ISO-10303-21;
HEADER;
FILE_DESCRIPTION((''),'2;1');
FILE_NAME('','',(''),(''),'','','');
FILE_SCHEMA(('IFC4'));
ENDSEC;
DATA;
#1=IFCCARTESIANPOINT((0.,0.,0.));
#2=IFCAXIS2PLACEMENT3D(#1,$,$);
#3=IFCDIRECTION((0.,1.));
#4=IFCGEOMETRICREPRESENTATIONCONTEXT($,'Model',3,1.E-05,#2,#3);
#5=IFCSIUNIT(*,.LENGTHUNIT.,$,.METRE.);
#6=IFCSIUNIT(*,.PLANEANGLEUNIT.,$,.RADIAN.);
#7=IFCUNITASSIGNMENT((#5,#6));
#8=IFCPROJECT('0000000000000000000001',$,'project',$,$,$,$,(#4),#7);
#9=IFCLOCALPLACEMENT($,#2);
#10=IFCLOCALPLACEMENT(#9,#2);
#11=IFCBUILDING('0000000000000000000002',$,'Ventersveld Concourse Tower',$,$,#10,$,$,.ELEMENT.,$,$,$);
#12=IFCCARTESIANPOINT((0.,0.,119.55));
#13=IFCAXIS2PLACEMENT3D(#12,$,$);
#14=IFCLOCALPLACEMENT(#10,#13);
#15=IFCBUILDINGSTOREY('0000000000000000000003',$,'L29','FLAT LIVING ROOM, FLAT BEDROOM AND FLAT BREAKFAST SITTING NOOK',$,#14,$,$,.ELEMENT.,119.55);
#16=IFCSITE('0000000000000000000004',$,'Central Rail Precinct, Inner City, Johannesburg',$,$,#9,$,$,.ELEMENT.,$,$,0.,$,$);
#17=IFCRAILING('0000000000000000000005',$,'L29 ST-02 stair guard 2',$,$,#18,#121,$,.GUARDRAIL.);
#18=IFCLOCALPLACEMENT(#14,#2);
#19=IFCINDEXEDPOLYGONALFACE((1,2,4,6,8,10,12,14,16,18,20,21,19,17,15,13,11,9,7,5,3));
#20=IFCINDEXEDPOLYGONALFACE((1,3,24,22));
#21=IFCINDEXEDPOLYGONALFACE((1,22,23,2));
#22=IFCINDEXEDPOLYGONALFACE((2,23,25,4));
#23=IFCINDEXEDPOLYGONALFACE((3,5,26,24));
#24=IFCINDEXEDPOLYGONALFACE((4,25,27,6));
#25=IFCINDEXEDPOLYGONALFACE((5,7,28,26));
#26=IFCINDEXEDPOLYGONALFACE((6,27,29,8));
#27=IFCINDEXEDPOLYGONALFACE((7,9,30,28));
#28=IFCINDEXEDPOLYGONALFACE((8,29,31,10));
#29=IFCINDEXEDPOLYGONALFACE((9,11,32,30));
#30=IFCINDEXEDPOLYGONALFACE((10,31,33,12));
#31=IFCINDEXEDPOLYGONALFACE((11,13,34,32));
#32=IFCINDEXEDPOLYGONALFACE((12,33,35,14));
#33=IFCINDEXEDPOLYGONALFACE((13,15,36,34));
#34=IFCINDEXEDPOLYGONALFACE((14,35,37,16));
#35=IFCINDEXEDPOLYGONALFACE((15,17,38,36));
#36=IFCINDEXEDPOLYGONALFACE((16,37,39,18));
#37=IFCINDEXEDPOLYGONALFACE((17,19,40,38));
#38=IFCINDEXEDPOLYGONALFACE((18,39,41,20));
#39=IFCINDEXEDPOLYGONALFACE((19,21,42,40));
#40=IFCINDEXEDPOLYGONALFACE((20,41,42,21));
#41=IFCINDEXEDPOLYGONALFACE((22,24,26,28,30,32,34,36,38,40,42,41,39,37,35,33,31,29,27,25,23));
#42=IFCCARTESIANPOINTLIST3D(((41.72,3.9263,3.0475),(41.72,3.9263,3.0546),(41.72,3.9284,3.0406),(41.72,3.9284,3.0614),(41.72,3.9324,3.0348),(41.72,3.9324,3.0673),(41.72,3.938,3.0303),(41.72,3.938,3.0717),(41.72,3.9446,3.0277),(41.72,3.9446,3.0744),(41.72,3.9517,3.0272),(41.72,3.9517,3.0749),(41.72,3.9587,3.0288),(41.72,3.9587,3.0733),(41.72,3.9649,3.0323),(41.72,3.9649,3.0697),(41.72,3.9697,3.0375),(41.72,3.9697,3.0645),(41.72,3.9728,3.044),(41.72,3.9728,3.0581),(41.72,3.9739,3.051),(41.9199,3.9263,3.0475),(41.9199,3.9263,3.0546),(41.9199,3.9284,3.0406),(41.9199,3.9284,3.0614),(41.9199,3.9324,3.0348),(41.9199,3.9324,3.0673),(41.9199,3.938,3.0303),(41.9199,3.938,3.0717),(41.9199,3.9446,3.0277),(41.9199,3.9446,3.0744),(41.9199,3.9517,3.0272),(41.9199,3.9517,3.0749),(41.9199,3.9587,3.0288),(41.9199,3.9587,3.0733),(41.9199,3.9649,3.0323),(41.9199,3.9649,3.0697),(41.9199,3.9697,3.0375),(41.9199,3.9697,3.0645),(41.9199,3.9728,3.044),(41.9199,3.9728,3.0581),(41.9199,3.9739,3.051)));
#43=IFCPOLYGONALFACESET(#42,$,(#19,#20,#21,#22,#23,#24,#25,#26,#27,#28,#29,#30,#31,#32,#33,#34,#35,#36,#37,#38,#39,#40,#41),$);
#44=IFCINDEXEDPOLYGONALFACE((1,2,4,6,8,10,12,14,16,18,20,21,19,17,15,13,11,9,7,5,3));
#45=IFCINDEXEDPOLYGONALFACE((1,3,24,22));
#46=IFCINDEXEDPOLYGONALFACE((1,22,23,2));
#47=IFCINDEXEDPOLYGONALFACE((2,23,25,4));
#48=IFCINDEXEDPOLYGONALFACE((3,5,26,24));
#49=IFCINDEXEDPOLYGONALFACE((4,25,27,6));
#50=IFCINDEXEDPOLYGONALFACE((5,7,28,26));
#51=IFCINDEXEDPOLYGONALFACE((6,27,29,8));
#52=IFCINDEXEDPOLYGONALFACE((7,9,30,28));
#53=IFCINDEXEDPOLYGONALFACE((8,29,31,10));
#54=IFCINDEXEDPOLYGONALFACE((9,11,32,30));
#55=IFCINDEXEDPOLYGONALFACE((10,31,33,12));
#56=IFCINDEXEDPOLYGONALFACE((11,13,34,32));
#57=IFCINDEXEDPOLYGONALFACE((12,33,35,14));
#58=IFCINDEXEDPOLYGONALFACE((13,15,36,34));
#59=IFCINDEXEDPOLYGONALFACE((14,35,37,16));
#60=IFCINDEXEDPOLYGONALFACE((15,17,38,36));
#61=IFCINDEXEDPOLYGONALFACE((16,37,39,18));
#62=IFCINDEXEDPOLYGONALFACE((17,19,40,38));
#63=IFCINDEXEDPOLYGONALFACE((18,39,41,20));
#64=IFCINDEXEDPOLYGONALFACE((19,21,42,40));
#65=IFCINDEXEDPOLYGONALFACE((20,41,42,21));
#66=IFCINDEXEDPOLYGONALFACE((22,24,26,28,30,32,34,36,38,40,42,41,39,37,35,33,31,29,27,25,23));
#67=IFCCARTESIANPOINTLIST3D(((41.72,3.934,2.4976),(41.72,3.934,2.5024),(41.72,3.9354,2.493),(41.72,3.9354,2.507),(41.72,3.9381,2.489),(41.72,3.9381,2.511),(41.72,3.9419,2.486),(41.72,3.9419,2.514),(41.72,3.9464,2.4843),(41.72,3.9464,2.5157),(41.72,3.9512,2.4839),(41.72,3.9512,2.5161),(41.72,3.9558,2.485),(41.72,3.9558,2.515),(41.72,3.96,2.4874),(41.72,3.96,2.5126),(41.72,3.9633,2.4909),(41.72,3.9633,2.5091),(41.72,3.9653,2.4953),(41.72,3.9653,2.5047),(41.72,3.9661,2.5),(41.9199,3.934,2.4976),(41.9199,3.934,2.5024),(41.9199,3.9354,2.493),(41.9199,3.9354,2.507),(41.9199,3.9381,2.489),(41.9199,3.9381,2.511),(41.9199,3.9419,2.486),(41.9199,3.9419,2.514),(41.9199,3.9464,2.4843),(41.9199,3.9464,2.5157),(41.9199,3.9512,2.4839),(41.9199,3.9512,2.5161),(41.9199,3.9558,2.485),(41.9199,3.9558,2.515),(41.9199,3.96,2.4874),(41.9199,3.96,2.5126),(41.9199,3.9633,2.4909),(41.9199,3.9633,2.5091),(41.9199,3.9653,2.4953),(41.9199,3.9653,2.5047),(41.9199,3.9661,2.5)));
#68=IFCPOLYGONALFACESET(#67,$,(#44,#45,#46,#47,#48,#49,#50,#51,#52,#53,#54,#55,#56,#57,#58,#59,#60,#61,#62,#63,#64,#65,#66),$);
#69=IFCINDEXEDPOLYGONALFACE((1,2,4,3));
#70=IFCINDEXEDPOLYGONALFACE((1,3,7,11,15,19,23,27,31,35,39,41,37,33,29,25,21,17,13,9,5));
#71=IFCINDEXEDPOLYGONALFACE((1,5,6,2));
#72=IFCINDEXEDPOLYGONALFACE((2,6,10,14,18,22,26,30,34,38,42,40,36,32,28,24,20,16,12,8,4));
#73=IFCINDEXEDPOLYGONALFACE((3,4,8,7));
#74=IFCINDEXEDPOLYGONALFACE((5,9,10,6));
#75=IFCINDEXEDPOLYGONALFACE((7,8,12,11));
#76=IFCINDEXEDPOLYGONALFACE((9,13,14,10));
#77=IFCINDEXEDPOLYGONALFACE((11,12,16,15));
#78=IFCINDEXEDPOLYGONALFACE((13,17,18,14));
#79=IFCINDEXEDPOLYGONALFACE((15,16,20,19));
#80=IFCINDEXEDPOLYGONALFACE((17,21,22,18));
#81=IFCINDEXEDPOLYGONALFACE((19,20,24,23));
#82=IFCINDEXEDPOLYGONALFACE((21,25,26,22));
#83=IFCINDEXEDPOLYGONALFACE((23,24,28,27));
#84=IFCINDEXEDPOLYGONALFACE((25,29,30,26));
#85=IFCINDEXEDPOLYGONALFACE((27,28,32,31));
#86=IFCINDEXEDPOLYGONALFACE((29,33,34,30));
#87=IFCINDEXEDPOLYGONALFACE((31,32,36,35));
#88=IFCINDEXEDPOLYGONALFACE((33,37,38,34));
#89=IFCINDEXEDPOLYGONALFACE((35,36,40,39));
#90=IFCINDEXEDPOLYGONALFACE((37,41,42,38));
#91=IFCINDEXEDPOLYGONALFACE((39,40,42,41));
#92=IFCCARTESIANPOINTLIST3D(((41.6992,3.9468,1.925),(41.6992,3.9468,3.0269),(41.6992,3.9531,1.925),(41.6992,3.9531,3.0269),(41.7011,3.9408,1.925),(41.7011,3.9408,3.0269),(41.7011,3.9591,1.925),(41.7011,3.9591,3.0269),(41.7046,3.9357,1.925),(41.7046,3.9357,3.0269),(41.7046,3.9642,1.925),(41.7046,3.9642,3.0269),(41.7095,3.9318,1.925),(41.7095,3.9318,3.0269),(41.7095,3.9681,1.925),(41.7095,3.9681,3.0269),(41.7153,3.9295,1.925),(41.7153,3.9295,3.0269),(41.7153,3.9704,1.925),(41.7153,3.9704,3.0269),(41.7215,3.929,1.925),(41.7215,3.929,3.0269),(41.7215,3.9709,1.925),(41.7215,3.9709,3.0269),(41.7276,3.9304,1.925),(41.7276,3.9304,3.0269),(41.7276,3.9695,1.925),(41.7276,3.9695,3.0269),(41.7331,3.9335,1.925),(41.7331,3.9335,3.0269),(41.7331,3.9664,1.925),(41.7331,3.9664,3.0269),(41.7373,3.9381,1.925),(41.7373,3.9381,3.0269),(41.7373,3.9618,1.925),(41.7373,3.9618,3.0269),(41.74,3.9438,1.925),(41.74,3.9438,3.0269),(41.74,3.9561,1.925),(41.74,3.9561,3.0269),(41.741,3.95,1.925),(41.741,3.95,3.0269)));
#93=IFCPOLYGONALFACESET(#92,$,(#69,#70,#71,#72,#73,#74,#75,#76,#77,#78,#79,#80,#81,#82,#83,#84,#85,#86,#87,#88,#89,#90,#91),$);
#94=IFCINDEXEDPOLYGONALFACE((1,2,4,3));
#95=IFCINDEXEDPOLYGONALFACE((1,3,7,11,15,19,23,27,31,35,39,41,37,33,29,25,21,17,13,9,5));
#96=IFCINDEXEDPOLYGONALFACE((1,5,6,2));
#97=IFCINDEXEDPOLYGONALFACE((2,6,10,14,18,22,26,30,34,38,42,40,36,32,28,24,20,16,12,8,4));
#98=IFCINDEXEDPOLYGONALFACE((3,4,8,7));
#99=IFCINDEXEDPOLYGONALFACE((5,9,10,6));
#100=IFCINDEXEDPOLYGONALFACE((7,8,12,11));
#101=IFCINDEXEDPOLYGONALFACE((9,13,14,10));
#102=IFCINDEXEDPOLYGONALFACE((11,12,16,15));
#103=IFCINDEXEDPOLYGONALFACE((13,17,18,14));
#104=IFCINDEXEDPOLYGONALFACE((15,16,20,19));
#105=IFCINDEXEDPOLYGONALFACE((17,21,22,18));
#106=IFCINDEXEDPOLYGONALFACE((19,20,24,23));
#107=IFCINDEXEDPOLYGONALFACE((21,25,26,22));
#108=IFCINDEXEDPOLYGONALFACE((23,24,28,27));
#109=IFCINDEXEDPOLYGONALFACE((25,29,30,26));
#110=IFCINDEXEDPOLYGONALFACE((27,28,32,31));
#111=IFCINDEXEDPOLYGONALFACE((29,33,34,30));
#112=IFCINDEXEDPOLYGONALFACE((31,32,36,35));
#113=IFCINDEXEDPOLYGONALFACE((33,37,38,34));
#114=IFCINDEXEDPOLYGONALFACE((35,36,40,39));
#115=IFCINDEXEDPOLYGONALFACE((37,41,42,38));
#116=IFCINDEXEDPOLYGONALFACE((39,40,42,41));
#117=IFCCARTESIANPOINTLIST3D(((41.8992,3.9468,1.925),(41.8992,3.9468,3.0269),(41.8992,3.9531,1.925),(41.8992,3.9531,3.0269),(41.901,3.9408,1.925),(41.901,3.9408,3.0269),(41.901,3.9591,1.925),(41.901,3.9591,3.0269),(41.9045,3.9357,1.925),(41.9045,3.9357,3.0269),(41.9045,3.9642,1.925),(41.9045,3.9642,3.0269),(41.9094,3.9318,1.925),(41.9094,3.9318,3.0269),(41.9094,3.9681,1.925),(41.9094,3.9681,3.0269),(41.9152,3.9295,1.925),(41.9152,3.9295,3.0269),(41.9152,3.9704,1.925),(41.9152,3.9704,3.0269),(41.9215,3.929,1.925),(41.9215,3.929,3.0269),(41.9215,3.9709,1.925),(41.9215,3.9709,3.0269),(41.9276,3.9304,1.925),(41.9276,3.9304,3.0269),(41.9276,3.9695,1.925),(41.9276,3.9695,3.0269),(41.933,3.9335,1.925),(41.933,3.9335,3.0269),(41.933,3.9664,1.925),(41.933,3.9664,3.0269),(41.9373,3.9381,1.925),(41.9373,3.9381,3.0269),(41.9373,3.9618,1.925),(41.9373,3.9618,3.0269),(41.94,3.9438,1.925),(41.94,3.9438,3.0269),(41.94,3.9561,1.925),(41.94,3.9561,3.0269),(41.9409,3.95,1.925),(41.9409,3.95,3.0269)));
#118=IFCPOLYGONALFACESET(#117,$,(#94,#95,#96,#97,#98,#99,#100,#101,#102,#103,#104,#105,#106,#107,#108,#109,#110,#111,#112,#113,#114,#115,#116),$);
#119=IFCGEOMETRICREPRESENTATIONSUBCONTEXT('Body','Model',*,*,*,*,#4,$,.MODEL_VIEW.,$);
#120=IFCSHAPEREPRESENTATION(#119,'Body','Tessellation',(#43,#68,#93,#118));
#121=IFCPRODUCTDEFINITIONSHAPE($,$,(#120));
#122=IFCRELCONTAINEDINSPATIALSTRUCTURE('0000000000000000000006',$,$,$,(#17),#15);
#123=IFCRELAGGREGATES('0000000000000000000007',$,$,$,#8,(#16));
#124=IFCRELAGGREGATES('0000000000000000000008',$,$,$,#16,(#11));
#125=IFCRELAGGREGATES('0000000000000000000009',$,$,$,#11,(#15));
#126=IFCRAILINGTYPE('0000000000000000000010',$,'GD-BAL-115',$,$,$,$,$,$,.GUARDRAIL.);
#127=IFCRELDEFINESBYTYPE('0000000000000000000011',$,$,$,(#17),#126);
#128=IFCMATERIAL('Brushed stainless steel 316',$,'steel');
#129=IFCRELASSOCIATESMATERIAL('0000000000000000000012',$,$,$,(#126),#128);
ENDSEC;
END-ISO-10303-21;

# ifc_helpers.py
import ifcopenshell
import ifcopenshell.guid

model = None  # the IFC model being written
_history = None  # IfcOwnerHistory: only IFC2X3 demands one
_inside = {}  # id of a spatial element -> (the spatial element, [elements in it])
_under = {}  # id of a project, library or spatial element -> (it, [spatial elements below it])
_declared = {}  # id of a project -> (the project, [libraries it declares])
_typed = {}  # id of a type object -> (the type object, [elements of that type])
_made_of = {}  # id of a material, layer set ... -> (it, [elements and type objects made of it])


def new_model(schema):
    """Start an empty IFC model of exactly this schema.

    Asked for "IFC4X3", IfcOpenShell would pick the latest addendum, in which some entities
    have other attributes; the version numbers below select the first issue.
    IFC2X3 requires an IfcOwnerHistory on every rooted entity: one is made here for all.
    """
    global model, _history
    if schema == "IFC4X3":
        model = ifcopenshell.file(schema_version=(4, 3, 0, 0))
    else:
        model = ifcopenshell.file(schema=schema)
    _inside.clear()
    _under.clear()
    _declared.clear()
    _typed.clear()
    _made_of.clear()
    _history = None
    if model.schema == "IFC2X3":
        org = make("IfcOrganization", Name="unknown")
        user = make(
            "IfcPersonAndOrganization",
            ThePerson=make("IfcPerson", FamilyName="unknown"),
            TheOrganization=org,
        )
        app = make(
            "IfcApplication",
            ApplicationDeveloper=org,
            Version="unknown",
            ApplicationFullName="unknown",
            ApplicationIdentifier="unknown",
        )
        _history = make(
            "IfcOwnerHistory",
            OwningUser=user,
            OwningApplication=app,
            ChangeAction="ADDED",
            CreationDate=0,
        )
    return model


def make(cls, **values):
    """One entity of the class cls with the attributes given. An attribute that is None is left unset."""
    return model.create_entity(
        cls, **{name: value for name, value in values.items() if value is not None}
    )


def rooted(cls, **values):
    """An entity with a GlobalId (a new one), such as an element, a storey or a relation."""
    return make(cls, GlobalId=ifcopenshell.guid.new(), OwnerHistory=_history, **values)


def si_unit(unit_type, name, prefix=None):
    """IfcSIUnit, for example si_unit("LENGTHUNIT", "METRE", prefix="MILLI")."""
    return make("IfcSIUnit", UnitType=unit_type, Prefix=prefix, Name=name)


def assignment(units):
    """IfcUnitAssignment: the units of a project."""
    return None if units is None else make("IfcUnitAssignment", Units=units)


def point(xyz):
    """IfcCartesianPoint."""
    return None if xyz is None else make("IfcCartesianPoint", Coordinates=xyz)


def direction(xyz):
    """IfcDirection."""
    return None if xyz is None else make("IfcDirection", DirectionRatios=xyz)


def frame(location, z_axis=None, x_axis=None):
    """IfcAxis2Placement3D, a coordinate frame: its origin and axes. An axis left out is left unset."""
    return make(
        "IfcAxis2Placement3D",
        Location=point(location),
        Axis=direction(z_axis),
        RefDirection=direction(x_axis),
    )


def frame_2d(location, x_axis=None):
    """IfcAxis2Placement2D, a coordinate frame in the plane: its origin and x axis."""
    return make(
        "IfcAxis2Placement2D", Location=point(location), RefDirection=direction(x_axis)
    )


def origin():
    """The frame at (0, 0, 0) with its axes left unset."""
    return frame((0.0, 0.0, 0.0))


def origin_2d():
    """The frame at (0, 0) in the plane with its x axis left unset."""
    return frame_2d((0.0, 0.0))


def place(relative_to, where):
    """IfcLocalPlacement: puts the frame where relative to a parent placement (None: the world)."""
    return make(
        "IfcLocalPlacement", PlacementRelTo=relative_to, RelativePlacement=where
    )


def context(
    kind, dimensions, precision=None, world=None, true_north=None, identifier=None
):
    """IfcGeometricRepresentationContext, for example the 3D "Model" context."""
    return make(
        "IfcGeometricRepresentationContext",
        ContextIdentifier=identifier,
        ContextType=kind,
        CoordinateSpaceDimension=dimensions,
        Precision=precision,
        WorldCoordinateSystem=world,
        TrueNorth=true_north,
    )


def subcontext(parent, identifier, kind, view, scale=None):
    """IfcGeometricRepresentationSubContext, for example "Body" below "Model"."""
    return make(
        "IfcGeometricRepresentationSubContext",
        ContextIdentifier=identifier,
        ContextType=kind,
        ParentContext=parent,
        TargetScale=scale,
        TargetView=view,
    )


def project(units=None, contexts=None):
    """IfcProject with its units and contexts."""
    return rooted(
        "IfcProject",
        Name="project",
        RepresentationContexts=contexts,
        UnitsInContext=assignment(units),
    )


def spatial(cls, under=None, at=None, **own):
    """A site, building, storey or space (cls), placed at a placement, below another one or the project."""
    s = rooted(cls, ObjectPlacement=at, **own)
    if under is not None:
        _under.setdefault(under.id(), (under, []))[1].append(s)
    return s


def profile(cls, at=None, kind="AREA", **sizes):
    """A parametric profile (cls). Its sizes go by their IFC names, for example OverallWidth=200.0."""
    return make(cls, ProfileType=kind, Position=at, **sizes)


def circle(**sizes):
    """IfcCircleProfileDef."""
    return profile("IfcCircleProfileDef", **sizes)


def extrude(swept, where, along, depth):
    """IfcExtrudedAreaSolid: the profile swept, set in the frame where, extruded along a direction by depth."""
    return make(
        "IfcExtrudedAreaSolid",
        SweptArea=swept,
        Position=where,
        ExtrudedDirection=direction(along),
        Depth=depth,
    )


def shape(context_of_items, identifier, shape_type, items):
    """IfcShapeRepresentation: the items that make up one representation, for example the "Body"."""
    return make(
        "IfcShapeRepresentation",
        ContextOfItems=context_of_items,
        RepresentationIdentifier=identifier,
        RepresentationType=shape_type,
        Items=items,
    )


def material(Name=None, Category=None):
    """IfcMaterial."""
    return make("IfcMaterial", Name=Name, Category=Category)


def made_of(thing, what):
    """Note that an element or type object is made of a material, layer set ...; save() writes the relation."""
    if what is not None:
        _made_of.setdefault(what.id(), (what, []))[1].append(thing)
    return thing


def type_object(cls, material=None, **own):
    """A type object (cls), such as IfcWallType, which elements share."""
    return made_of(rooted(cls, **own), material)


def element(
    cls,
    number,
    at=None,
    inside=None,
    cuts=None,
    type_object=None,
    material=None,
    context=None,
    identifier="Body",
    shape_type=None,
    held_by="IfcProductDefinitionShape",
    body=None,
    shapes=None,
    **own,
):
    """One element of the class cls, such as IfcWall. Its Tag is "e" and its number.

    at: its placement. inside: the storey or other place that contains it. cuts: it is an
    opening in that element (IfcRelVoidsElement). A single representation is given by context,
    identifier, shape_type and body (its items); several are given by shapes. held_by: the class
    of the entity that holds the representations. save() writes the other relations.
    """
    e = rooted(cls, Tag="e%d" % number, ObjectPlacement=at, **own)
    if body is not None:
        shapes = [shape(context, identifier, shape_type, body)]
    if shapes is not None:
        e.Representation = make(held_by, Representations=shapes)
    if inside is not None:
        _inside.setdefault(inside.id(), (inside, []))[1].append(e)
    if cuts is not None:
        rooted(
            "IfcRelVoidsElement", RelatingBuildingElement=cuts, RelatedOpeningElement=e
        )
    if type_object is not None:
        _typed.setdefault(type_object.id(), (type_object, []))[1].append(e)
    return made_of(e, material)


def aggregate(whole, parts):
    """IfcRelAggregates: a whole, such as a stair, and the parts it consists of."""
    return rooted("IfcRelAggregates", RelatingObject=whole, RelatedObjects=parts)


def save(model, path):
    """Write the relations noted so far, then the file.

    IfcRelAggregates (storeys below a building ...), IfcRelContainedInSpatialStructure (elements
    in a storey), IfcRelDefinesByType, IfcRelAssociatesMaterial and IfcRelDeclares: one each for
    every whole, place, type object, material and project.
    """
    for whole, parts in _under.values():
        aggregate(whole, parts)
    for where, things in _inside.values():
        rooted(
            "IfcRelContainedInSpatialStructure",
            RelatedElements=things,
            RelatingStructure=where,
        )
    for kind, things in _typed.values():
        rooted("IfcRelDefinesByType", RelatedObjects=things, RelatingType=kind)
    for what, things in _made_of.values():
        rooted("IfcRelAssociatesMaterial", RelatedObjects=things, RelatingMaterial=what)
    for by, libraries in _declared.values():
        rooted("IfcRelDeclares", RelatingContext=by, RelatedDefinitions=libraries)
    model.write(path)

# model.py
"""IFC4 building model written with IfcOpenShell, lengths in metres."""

from ifc_helpers import new_model, si_unit, direction, frame, origin, origin_2d, place, context, subcontext, project, spatial, circle, extrude, material, type_object, element, save


model = new_model("IFC4")

# Units and contexts
model_context = context("Model", 3, precision=1e-05, world=origin(), true_north=direction((0.0, 1.0)))
body_context = subcontext(model_context, "Body", "Model", "MODEL_VIEW")
ifc_project = project(units=[si_unit("LENGTHUNIT", "METRE"), si_unit("PLANEANGLEUNIT", "RADIAN")], contexts=[model_context])

# Site, building, storey
site_placement = place(None, origin())
site = spatial("IfcSite", under=ifc_project, at=site_placement, Name="Central Rail Precinct, Inner City, Johannesburg", CompositionType="ELEMENT", RefElevation=0.0)
building_placement = place(site_placement, origin())
building = spatial("IfcBuilding", under=site, at=building_placement, Name="Ventersveld Concourse Tower", CompositionType="ELEMENT")
storey_placement = place(building_placement, frame((0.0, 0.0, 119.55)))
storey = spatial("IfcBuildingStorey", under=building, at=storey_placement, Name="L29", Description="FLAT LIVING ROOM, FLAT BEDROOM AND FLAT BREAKFAST SITTING NOOK", CompositionType="ELEMENT", Elevation=119.55)

# Railing
ifc_material_1 = material(Name="Brushed stainless steel 316", Category="steel")
railing_type_1 = type_object("IfcRailingType", Name="GD-BAL-115", PredefinedType="GUARDRAIL", material=ifc_material_1)
railing_1_placement = place(storey_placement, frame((41.72, 3.95, 1.925)))
element("IfcRailing", 1, at=railing_1_placement, inside=storey, type_object=railing_type_1, Name="L29 ST-02 stair guard 2", PredefinedType="GUARDRAIL", context=body_context, shape_type="SweptSolid", body=[
    extrude(circle(Radius=0.0239, at=origin_2d()), frame((0.0, 0.0, 1.126), z_axis=(1.0, 0.0, 0.0), x_axis=(0.0, 1.0, 0.0)), (0.0, 0.0, 1.0), 0.2),
    extrude(circle(Radius=0.0161, at=origin_2d()), frame((0.0, 0.0, 0.575), z_axis=(1.0, 0.0, 0.0), x_axis=(0.0, 1.0, 0.0)), (0.0, 0.0, 1.0), 0.2),
    extrude(circle(Radius=0.021, at=origin_2d()), origin(), (0.0, 0.0, 1.0), 1.1018),
    extrude(circle(Radius=0.021, at=origin_2d()), frame((0.2, 0.0, 0.0)), (0.0, 0.0, 1.0), 1.1018),
])

save(model, "model.ifc")
